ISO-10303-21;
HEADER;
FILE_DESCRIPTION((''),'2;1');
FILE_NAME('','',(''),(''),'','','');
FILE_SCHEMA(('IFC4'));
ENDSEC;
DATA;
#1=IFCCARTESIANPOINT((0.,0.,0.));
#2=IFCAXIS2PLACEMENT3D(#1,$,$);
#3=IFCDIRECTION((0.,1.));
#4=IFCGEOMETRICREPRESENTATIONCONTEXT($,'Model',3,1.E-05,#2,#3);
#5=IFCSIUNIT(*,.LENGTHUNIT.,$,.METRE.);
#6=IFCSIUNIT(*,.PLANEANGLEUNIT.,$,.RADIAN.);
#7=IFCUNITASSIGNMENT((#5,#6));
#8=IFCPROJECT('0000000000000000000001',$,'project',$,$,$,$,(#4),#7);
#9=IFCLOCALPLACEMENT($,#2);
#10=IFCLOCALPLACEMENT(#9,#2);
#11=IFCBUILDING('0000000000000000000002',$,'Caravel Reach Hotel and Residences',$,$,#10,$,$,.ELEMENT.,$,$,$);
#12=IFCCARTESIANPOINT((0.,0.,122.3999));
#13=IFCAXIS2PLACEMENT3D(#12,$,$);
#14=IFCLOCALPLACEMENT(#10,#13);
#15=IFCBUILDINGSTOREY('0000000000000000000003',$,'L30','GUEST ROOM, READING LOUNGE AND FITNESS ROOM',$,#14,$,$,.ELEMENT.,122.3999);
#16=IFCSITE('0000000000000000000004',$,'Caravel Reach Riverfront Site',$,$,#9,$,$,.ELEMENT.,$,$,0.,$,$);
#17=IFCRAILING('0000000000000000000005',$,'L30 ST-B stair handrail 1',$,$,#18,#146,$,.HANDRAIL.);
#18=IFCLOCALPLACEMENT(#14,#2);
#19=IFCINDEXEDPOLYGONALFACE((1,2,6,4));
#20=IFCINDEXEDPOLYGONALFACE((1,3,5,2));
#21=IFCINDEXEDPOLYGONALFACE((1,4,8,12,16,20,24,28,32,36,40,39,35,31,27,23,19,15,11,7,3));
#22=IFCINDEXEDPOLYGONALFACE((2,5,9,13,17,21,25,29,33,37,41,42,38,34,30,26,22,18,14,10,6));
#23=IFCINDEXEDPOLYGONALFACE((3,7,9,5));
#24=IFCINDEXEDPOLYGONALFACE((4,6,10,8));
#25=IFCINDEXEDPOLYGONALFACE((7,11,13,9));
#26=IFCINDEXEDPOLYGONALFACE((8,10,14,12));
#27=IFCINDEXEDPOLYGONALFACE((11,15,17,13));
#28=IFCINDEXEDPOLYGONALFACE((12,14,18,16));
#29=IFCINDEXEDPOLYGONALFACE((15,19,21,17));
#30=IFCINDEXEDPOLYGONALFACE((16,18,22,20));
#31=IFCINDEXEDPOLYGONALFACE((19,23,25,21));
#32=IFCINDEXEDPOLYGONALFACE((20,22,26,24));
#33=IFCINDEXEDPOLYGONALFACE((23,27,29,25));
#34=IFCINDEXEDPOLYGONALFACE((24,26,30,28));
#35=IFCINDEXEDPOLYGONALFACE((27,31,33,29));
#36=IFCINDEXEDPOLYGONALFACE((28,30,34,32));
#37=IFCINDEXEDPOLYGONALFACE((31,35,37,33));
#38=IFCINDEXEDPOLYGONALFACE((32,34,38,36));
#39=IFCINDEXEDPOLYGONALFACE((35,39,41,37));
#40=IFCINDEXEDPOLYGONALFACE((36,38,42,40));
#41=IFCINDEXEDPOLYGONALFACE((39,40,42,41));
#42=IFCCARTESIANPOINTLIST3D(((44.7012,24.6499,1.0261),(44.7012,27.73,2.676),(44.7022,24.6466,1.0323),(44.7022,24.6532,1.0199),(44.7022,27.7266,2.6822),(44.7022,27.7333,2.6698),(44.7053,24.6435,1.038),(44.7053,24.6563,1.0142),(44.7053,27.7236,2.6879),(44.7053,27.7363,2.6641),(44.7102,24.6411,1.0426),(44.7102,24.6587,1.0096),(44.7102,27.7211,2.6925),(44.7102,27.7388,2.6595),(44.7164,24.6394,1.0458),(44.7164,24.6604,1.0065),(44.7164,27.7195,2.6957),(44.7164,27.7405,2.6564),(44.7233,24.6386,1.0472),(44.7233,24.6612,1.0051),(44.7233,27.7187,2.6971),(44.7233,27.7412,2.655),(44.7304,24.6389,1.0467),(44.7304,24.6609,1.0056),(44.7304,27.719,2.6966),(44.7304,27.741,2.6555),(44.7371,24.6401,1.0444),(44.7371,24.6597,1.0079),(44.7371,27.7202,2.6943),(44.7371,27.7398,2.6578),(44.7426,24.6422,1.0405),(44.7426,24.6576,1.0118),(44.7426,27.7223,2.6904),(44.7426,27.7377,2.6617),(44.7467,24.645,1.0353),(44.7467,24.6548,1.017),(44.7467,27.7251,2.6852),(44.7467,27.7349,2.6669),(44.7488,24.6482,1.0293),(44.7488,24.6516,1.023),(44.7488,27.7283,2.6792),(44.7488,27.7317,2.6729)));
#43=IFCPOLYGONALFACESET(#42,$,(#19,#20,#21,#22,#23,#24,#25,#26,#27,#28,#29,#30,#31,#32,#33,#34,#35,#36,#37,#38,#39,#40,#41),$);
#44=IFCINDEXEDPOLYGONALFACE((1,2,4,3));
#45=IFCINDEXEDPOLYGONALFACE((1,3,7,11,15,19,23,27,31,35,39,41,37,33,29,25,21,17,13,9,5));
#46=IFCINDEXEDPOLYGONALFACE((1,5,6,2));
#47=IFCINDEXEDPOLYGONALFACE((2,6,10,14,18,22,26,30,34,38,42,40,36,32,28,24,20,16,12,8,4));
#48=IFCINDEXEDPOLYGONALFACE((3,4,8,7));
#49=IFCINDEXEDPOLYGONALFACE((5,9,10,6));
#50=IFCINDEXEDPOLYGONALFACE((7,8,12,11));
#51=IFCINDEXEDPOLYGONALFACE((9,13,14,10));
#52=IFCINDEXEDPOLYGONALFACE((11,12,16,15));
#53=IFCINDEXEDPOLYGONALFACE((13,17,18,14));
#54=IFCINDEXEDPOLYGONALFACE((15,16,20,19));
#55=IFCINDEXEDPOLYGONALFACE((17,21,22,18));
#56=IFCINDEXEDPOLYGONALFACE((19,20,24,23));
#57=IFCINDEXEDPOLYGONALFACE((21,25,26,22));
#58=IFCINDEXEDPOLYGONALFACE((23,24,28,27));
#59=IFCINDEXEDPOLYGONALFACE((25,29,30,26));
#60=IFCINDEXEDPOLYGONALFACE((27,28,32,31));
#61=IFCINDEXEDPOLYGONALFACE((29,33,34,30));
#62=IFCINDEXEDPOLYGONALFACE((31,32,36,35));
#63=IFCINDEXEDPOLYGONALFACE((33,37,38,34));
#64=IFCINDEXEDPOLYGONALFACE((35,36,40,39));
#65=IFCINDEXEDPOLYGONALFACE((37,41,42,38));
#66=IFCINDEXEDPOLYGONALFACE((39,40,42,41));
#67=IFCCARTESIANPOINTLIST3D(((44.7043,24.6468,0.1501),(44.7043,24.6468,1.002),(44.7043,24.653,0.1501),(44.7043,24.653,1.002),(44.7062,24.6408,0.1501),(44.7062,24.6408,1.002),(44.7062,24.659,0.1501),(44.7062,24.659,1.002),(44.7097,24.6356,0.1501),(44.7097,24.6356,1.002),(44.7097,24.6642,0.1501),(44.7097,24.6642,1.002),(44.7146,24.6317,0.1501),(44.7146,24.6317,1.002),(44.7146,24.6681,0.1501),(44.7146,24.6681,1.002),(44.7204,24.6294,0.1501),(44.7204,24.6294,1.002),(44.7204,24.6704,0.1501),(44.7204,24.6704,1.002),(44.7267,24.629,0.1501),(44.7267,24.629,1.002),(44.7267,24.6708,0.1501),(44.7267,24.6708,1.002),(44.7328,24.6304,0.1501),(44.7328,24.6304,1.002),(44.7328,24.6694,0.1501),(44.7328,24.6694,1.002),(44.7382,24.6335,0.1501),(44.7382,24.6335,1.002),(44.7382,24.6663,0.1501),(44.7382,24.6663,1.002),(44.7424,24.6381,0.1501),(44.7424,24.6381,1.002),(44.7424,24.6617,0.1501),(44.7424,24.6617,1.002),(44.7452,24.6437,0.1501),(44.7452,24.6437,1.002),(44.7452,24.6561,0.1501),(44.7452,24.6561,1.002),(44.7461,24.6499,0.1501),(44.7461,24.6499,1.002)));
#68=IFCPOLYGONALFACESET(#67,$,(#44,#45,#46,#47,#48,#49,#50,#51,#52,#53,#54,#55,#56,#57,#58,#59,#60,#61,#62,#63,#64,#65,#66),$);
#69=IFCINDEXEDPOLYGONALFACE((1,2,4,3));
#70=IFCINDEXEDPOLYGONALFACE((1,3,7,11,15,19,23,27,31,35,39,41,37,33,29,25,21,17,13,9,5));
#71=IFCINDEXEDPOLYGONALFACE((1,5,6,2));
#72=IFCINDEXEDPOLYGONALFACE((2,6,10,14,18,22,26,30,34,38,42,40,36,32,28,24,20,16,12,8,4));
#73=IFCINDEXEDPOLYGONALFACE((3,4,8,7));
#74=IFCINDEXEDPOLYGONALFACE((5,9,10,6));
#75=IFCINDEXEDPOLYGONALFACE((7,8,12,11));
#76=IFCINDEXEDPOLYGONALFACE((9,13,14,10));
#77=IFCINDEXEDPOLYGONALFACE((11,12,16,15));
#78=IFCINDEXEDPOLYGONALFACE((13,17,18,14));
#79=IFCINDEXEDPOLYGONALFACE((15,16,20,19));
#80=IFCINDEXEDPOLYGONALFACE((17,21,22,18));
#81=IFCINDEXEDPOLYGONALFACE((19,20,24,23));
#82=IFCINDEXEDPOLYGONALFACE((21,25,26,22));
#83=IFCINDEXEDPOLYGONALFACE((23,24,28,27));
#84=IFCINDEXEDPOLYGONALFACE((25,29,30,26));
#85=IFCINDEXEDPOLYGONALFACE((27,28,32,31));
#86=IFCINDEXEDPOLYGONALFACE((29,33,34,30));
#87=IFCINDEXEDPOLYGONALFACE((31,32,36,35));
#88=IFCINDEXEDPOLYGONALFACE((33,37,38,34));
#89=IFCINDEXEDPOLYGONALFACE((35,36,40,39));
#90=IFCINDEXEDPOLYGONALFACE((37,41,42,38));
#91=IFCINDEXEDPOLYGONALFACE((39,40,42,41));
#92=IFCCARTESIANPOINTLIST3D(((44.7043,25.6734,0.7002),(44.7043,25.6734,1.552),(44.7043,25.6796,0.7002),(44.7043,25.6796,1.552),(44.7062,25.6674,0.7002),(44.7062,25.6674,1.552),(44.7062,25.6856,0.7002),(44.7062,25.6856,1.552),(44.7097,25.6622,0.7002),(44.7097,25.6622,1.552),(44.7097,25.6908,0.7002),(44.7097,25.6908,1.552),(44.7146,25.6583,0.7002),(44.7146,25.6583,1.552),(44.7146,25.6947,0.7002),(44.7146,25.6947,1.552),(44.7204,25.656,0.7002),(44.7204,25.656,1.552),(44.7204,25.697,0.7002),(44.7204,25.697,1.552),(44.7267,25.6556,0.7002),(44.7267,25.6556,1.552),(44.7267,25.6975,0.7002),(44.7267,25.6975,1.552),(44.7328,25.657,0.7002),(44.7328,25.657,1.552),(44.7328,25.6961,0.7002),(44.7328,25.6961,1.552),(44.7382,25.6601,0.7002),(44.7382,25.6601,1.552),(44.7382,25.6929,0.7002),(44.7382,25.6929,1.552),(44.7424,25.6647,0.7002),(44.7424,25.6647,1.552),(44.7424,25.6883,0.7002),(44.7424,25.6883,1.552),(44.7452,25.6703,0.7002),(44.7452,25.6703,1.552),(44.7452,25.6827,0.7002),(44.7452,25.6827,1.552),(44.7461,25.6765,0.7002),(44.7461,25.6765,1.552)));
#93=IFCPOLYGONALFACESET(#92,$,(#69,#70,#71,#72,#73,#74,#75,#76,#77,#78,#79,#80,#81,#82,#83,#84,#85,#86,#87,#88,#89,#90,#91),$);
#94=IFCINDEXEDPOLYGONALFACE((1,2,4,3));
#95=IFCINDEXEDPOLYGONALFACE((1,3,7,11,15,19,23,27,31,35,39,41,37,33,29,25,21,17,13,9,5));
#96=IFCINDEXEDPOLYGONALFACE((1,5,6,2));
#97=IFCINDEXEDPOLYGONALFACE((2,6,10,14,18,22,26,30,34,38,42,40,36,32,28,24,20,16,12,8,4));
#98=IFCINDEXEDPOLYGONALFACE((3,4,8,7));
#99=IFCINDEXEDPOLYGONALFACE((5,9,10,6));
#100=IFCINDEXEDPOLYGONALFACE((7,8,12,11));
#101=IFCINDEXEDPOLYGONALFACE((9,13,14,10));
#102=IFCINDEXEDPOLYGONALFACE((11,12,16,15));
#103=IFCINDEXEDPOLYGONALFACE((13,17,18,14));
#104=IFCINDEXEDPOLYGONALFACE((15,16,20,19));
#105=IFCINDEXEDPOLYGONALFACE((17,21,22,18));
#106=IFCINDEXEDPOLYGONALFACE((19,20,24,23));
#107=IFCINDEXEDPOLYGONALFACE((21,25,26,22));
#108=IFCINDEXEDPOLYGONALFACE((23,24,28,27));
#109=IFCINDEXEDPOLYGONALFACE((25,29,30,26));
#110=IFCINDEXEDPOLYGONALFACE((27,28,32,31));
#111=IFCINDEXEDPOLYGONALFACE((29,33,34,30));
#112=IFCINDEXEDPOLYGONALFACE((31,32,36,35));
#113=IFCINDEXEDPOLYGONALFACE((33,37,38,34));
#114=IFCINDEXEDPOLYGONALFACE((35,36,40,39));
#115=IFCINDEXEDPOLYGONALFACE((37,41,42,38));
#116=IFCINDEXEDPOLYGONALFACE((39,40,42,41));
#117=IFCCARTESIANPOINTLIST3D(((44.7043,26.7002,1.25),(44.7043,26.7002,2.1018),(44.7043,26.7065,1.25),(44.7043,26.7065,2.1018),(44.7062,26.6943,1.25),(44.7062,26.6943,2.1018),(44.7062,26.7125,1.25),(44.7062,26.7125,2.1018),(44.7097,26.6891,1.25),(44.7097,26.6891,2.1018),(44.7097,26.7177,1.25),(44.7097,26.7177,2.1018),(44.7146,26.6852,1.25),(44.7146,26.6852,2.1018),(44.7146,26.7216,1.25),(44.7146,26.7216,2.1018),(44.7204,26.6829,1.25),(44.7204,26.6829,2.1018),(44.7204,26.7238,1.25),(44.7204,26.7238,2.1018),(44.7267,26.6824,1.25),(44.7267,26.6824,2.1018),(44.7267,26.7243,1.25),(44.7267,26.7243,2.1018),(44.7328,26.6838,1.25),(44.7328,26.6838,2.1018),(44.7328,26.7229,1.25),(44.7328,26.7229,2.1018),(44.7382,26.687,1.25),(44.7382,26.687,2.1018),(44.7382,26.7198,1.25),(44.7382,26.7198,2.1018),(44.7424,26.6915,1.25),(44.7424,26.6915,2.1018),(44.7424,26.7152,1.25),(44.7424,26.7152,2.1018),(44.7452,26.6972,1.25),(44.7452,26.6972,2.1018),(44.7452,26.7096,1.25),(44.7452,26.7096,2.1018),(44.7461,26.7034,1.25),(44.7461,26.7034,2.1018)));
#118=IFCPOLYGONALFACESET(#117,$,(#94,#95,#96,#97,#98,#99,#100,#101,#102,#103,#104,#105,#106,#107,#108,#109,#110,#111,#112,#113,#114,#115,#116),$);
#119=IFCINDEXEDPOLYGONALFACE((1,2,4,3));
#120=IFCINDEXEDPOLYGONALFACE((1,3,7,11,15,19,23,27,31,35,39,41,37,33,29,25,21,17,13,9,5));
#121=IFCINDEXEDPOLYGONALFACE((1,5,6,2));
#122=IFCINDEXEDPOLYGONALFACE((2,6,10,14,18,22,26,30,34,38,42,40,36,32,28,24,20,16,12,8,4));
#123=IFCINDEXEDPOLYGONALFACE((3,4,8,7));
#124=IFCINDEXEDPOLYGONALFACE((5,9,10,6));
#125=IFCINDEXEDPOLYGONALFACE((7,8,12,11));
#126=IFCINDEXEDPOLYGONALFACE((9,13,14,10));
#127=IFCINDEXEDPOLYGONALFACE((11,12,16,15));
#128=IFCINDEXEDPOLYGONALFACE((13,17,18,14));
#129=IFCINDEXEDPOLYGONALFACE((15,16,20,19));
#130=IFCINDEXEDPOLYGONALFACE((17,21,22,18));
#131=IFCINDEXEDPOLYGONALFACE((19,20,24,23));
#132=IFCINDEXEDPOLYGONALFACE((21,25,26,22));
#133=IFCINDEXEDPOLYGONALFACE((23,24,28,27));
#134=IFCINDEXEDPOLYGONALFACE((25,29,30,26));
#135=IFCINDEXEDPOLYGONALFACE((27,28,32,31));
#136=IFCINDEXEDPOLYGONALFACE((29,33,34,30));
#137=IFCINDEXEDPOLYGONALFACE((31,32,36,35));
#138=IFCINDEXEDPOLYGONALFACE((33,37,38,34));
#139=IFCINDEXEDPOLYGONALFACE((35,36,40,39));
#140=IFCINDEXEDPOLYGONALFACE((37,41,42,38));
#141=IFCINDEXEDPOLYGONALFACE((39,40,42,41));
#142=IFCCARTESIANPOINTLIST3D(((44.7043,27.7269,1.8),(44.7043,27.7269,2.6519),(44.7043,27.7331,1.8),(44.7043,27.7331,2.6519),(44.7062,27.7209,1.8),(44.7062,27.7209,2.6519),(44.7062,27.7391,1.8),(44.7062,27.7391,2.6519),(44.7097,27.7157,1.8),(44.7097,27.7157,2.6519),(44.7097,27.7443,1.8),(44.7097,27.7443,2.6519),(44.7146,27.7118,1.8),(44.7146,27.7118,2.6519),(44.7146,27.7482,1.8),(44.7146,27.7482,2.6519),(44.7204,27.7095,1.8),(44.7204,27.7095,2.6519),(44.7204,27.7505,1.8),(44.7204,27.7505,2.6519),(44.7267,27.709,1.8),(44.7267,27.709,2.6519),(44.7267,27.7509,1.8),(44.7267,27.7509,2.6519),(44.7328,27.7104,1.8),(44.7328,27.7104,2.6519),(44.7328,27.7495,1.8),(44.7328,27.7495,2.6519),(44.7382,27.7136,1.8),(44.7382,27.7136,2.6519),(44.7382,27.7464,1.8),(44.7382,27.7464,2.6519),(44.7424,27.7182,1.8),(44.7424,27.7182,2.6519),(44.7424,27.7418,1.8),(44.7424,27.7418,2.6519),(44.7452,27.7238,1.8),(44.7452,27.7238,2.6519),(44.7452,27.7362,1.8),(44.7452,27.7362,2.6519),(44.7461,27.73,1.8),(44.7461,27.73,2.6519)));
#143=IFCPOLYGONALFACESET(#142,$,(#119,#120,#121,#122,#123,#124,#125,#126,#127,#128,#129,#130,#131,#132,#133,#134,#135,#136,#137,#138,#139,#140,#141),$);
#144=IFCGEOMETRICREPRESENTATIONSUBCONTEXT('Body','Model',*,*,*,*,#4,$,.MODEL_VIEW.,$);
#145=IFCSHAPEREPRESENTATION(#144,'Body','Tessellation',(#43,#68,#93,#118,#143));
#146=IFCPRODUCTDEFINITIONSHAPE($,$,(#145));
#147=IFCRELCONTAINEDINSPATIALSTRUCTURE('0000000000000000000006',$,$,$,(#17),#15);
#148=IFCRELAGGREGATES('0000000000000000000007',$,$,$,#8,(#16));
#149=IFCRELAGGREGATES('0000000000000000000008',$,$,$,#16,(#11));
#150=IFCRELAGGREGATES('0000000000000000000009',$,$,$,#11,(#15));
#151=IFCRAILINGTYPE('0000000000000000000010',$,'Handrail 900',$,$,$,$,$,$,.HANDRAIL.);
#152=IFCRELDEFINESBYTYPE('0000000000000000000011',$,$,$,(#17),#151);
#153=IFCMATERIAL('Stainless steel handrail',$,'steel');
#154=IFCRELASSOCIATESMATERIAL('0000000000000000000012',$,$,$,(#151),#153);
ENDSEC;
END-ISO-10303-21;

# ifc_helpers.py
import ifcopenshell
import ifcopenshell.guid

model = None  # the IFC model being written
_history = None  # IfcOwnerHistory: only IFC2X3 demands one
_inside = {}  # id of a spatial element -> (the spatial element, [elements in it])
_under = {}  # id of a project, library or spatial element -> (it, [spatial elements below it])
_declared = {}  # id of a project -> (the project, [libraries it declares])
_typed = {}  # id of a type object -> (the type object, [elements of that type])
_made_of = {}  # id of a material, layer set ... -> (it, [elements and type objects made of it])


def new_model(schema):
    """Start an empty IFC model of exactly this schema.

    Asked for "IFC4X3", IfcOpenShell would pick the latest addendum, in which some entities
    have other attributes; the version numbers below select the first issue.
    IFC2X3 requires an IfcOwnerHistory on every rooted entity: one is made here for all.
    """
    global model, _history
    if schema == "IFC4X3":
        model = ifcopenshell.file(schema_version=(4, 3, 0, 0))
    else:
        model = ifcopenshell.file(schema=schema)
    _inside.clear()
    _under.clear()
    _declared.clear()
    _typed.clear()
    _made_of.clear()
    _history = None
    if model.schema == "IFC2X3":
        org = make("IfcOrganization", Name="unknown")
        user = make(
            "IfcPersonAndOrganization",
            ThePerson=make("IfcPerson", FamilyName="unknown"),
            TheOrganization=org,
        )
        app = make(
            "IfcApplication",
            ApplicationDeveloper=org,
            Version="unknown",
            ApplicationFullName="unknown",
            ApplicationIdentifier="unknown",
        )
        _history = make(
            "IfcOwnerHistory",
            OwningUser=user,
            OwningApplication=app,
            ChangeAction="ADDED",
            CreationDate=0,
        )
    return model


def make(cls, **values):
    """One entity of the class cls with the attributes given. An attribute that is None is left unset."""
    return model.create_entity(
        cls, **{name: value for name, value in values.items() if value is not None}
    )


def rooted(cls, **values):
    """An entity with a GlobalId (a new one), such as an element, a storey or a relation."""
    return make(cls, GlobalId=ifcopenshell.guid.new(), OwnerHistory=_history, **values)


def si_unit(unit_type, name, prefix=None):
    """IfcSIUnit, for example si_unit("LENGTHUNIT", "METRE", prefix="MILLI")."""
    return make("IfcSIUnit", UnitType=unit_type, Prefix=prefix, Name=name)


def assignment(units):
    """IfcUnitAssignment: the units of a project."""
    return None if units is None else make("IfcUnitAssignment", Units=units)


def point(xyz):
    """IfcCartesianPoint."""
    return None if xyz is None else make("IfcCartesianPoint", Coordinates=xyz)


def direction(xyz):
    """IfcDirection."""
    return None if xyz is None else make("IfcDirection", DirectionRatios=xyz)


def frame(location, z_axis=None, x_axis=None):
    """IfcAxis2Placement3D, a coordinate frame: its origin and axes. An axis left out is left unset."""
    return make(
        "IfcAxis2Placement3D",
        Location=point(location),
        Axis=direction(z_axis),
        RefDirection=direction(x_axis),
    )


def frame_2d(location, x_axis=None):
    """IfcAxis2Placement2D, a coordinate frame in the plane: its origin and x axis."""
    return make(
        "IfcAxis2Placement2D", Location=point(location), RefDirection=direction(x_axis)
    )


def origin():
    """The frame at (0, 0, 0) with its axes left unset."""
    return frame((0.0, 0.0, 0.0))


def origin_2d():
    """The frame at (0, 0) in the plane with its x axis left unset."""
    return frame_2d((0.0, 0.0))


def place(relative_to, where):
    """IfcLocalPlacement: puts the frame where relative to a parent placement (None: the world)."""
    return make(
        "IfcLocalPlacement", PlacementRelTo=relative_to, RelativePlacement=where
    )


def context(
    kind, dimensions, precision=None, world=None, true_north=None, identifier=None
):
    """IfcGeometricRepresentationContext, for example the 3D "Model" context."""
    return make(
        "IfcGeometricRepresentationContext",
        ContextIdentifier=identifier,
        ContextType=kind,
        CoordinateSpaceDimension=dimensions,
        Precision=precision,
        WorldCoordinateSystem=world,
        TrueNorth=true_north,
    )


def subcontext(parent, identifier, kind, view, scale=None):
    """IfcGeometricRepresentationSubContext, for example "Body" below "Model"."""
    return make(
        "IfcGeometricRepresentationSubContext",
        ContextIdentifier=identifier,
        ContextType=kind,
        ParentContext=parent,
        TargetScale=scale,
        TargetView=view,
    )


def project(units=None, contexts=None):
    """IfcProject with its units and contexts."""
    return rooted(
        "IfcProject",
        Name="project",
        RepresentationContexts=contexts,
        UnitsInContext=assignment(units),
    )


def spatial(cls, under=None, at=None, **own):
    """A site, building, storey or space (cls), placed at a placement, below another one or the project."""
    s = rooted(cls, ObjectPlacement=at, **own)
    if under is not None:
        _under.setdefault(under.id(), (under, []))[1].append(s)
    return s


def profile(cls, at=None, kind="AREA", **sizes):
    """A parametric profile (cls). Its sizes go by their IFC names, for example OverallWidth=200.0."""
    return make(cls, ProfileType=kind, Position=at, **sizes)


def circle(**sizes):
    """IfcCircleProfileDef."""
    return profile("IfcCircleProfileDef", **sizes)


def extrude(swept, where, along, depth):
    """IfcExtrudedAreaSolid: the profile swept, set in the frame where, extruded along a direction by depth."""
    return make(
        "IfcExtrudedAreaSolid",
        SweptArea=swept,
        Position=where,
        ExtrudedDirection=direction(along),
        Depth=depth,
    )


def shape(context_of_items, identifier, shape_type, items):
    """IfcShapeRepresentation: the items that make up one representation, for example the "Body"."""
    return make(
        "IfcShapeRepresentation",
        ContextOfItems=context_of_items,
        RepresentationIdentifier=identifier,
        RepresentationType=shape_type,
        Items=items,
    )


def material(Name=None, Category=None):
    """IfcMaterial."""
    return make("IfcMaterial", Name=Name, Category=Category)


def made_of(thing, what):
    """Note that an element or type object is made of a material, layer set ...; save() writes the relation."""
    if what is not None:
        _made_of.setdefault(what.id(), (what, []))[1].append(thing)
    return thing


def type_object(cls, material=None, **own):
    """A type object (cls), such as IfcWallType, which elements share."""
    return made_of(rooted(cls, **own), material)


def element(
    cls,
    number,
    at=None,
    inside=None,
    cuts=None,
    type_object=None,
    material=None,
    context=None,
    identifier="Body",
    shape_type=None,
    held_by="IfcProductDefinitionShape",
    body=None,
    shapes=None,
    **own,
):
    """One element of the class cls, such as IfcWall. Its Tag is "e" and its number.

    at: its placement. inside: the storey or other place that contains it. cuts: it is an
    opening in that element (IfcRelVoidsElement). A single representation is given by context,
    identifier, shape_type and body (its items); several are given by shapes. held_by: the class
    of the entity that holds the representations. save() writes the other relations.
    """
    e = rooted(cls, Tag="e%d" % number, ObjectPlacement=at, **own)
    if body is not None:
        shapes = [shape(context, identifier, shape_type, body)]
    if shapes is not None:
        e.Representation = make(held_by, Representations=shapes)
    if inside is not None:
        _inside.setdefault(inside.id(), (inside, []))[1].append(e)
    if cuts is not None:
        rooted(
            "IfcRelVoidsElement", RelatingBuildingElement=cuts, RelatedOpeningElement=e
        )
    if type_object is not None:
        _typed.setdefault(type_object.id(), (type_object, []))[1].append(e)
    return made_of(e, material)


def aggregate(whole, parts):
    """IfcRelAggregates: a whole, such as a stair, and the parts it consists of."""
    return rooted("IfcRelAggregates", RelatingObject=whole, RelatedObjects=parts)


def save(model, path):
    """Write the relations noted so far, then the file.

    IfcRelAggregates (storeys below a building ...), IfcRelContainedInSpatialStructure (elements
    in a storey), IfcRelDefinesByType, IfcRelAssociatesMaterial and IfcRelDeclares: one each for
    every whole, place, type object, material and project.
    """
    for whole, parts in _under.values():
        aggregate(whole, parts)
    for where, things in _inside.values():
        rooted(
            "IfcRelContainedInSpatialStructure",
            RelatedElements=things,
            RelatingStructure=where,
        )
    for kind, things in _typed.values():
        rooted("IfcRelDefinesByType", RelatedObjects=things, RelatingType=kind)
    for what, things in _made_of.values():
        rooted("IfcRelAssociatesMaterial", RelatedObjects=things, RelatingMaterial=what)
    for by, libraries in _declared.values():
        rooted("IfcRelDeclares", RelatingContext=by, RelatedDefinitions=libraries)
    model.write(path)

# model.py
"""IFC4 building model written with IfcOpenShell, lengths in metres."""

from ifc_helpers import new_model, si_unit, direction, frame, origin, origin_2d, place, context, subcontext, project, spatial, circle, extrude, material, type_object, element, save


model = new_model("IFC4")

# Units and contexts
model_context = context("Model", 3, precision=1e-05, world=origin(), true_north=direction((0.0, 1.0)))
body_context = subcontext(model_context, "Body", "Model", "MODEL_VIEW")
ifc_project = project(units=[si_unit("LENGTHUNIT", "METRE"), si_unit("PLANEANGLEUNIT", "RADIAN")], contexts=[model_context])

# Site, building, storey
site_placement = place(None, origin())
site = spatial("IfcSite", under=ifc_project, at=site_placement, Name="Caravel Reach Riverfront Site", CompositionType="ELEMENT", RefElevation=0.0)
building_placement = place(site_placement, origin())
building = spatial("IfcBuilding", under=site, at=building_placement, Name="Caravel Reach Hotel and Residences", CompositionType="ELEMENT")
storey_placement = place(building_placement, frame((0.0, 0.0, 122.3999)))
storey = spatial("IfcBuildingStorey", under=building, at=storey_placement, Name="L30", Description="GUEST ROOM, READING LOUNGE AND FITNESS ROOM", CompositionType="ELEMENT", Elevation=122.3999)

# Railing
ifc_material_1 = material(Name="Stainless steel handrail", Category="steel")
railing_type_1 = type_object("IfcRailingType", Name="Handrail 900", PredefinedType="HANDRAIL", material=ifc_material_1)
railing_1_placement = place(storey_placement, frame((44.7251, 24.6499, 0.1501)))
element("IfcRailing", 1, at=railing_1_placement, inside=storey, type_object=railing_type_1, Name="L30 ST-B stair handrail 1", PredefinedType="HANDRAIL", context=body_context, shape_type="SweptSolid", body=[
    extrude(circle(Radius=0.0239, at=origin_2d()), frame((0.0, 0.0, 0.876), z_axis=(0.0, 0.881497, 0.47219), x_axis=(-1.0, 0.0, 0.0)), (0.0, 0.0, 1.0), 3.4941),
    extrude(circle(Radius=0.021, at=origin_2d()), origin(), (0.0, 0.0, 1.0), 0.8518),
    extrude(circle(Radius=0.021, at=origin_2d()), frame((0.0, 1.0266, 0.55)), (0.0, 0.0, 1.0), 0.8518),
    extrude(circle(Radius=0.021, at=origin_2d()), frame((0.0, 2.0535, 1.0999)), (0.0, 0.0, 1.0), 0.8518),
    extrude(circle(Radius=0.021, at=origin_2d()), frame((0.0, 3.0801, 1.6499)), (0.0, 0.0, 1.0), 0.8518),
])

save(model, "model.ifc")
